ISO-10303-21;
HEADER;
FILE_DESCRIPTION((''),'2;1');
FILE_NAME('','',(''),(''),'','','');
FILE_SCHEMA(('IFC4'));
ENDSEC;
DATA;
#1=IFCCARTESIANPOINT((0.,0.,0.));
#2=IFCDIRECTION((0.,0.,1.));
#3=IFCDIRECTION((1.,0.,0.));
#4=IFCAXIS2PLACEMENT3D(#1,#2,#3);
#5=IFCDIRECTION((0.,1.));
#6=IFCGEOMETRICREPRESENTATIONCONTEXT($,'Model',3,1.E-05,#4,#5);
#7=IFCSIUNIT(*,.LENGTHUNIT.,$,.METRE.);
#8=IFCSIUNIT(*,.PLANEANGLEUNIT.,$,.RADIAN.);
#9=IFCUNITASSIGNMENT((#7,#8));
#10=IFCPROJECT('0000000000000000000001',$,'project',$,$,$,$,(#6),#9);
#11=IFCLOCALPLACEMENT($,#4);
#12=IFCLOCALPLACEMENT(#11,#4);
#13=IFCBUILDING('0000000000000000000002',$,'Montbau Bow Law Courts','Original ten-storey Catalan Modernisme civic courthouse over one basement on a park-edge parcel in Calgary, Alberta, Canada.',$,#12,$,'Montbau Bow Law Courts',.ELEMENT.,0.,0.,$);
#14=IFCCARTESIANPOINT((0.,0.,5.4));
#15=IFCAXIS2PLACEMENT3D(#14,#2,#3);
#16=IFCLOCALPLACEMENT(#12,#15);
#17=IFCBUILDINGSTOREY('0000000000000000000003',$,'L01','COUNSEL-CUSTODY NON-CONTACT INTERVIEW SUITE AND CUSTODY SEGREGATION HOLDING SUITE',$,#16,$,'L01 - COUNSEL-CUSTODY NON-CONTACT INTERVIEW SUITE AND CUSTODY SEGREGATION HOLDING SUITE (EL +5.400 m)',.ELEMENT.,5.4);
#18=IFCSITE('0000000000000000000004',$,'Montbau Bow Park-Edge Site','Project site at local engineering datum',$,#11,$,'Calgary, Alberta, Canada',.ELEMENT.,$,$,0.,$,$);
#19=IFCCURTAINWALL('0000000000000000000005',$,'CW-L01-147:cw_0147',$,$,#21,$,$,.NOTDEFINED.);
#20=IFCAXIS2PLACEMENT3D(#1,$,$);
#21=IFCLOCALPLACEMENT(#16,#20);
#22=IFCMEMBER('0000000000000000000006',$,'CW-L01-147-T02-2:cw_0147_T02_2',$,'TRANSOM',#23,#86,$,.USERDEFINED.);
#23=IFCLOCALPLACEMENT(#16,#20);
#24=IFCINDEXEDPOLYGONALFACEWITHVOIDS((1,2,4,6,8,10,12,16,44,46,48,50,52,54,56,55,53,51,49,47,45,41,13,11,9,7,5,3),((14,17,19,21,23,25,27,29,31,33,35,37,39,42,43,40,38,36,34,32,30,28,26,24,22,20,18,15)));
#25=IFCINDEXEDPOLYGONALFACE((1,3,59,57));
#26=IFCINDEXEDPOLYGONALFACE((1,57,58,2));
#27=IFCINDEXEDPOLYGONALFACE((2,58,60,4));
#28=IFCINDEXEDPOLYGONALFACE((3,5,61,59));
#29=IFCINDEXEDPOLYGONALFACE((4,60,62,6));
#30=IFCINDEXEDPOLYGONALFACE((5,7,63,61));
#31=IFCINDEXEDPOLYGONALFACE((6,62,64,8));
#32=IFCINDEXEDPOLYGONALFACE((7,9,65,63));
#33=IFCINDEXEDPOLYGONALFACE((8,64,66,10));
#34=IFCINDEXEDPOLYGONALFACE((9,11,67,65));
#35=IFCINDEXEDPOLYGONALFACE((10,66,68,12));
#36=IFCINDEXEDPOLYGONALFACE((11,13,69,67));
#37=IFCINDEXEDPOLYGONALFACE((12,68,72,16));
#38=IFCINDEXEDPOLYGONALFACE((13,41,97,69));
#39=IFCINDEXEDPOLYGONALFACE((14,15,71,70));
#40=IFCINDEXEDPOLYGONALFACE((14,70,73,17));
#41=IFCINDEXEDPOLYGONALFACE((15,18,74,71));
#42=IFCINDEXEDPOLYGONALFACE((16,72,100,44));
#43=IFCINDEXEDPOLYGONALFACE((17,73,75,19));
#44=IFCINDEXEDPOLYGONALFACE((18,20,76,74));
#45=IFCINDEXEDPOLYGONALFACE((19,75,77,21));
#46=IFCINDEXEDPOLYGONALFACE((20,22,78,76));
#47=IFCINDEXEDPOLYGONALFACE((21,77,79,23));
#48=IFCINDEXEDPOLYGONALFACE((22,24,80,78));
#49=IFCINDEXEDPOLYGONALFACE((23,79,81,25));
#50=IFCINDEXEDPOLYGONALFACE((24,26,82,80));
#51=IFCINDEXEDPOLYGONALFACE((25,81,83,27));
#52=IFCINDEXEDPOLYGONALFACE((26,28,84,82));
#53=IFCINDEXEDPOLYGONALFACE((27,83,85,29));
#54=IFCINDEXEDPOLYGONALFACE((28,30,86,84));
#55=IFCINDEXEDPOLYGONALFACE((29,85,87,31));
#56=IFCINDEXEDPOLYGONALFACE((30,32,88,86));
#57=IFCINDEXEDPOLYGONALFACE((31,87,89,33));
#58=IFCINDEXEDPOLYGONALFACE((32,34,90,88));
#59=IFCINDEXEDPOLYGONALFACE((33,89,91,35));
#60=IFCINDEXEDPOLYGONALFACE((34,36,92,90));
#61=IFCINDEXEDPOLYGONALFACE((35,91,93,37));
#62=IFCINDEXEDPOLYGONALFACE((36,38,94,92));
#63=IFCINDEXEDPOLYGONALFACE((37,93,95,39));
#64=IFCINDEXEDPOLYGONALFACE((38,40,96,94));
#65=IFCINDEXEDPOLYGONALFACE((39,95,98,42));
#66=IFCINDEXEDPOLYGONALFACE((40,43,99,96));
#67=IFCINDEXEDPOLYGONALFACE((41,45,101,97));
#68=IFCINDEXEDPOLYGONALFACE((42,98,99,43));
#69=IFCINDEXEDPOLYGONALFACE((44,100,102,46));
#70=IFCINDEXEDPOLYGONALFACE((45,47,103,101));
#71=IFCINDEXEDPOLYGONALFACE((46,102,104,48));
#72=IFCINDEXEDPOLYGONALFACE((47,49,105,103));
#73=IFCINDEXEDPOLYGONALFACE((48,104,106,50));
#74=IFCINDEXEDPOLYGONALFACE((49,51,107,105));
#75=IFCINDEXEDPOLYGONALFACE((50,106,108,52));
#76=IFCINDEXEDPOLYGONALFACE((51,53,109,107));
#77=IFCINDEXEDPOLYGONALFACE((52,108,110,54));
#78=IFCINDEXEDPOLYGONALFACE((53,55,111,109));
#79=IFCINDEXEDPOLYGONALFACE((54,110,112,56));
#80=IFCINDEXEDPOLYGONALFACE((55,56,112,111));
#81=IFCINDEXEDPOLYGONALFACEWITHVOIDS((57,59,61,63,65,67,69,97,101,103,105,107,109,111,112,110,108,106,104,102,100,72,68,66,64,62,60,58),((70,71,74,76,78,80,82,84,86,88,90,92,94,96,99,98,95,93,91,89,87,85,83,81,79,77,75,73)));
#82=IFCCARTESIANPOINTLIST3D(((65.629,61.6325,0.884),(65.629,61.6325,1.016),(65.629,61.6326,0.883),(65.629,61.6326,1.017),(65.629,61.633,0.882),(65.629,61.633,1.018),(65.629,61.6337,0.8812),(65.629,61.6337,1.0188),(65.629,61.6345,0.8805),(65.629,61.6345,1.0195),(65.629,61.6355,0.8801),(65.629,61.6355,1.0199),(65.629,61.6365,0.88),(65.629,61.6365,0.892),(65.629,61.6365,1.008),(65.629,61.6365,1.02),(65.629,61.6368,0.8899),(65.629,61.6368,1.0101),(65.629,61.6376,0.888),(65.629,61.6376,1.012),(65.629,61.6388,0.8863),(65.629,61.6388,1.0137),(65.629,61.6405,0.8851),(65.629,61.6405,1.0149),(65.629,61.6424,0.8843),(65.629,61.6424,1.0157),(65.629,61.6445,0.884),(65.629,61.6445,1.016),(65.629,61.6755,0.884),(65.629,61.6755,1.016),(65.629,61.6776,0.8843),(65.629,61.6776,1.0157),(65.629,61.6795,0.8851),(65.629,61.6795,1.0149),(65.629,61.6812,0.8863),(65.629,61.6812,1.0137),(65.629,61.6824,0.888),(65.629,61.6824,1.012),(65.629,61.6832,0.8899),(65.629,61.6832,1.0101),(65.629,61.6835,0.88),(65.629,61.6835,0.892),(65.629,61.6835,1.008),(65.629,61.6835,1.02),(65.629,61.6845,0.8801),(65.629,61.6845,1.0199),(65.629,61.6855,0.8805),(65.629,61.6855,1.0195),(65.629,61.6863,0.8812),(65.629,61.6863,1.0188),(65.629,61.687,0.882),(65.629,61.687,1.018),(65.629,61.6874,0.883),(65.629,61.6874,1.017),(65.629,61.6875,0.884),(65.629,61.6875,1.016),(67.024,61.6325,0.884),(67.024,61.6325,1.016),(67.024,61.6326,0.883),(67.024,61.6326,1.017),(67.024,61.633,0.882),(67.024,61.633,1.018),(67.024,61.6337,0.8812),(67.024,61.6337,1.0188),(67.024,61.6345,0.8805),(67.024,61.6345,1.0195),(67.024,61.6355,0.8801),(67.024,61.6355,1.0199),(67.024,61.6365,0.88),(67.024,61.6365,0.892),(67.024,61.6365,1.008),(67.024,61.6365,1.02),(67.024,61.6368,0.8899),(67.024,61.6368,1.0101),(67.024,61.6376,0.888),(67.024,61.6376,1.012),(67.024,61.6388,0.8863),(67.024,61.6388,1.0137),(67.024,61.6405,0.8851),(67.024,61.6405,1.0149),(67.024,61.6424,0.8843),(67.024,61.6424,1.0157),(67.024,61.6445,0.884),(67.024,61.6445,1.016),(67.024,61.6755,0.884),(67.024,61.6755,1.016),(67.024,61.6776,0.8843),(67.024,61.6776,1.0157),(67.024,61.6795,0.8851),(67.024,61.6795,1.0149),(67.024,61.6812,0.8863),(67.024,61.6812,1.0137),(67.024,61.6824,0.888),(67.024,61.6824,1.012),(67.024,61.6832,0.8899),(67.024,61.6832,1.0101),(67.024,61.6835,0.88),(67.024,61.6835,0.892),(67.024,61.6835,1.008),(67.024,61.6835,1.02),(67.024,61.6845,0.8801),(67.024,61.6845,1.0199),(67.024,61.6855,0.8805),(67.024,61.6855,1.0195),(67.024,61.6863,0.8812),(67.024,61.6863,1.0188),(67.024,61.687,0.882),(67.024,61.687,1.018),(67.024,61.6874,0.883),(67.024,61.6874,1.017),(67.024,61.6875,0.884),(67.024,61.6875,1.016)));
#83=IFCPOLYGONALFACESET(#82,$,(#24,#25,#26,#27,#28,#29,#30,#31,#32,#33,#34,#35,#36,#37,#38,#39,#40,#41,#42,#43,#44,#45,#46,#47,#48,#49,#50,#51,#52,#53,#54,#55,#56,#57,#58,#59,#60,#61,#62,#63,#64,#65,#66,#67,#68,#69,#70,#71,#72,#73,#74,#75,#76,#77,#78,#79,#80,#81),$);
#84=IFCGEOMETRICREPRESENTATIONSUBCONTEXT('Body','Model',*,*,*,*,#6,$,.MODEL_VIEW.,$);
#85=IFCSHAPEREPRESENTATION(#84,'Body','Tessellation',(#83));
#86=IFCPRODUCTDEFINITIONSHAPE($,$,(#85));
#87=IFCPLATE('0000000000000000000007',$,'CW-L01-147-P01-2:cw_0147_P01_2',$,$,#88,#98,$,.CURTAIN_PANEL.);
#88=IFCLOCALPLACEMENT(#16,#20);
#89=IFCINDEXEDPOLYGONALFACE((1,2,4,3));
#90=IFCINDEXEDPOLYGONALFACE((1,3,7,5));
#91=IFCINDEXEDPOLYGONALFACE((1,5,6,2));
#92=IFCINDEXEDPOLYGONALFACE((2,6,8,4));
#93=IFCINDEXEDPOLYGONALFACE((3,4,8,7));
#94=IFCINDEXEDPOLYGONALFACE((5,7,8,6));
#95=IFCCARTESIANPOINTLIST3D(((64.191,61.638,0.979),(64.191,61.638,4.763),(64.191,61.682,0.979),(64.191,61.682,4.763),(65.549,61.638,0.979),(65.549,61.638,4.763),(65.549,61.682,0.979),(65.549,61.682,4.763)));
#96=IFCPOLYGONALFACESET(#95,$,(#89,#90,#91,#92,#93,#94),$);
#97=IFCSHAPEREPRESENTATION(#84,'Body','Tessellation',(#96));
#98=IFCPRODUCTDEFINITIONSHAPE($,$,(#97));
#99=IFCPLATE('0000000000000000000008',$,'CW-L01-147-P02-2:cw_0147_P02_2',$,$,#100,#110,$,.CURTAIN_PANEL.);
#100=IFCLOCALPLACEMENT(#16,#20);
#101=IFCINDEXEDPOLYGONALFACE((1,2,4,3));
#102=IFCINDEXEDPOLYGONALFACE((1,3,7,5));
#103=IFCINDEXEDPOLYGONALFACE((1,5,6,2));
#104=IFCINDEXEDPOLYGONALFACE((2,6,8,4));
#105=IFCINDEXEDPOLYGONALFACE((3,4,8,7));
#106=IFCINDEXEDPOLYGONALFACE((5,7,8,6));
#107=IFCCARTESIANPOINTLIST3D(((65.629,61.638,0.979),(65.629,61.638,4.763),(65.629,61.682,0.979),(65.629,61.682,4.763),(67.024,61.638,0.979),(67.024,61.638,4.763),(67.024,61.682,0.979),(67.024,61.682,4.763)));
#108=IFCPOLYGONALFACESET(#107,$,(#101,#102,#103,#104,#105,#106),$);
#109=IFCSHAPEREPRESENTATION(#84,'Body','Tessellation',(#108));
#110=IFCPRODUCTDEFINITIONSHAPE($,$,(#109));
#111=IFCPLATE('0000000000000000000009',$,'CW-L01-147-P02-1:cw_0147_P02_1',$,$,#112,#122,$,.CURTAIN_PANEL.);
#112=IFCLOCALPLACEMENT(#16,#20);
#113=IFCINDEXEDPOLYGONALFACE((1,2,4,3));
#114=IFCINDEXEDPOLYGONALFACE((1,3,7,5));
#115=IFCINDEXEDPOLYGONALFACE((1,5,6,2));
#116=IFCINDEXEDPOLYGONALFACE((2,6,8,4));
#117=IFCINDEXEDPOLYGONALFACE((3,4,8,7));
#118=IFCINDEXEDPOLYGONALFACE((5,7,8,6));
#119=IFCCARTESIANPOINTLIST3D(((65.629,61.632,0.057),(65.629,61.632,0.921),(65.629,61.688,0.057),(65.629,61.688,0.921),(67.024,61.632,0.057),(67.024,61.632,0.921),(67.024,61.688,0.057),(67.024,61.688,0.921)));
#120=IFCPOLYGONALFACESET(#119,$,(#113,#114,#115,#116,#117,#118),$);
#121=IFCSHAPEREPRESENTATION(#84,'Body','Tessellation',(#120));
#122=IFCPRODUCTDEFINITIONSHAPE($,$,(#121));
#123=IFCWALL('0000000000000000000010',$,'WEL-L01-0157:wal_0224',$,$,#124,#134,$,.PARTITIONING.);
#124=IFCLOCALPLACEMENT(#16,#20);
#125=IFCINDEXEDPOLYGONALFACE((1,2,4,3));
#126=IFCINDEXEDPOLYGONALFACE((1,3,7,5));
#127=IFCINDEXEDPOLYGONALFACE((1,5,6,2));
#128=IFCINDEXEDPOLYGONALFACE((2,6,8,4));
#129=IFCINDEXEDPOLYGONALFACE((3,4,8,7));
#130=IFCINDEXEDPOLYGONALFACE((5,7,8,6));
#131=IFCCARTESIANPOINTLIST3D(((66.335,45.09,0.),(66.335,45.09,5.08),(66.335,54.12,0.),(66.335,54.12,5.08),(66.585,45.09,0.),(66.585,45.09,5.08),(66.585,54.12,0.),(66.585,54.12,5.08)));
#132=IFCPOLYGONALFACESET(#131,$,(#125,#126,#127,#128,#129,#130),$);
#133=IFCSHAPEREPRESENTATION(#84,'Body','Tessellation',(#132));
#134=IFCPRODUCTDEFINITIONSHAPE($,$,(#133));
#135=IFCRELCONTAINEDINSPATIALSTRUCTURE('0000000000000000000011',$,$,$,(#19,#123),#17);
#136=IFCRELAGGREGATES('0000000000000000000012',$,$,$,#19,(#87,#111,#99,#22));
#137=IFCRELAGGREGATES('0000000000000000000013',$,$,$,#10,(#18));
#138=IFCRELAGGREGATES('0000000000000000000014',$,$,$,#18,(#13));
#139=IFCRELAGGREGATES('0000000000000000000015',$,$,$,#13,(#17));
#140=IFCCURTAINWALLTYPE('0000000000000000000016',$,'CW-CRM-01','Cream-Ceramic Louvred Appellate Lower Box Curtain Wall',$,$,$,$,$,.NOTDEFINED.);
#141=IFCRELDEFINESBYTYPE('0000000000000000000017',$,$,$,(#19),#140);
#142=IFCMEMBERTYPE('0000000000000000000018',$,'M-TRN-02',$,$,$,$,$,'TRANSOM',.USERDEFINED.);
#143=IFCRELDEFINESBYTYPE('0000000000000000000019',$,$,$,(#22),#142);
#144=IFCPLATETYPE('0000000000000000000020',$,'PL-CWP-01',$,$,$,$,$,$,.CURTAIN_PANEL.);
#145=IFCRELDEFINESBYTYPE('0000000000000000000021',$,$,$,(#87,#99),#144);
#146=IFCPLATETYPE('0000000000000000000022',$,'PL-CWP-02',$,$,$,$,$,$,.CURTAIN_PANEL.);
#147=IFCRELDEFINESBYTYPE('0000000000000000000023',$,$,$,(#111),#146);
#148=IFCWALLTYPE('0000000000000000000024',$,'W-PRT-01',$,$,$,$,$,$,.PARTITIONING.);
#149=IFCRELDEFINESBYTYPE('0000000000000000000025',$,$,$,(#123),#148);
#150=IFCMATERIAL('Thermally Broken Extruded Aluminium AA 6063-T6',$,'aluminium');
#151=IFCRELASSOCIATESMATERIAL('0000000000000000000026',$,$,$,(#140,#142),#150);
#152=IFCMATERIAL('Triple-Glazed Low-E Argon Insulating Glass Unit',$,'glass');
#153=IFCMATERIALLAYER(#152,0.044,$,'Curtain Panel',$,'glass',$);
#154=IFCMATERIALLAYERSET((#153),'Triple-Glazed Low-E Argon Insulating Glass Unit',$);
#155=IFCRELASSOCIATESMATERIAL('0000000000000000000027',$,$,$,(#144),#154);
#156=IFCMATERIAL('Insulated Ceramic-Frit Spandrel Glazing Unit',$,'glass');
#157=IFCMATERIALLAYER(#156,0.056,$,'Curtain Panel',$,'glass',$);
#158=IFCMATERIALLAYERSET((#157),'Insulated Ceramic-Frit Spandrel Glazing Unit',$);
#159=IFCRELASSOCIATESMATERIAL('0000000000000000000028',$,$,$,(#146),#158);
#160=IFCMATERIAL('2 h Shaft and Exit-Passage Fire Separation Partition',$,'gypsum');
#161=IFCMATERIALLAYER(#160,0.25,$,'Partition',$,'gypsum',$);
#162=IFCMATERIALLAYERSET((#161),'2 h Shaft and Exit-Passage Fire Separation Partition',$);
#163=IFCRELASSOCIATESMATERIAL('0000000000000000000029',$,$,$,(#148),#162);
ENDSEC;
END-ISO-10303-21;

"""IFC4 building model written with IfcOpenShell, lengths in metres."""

from ifc_helpers import new_model, si_unit, direction, frame, frame_2d, origin_with_axes, origin_2d_with_axis, place, context, subcontext, project, spatial, rectangle, hollow_rectangle, extrude, material, layer, layer_set, material_profile, profile_set, type_object, element, aggregate, save


model = new_model("IFC4")

# Units and contexts
model_context = context("Model", 3, precision=1e-05, world=origin_with_axes(), true_north=direction((0.0, 1.0)))
body_context = subcontext(model_context, "Body", "Model", "MODEL_VIEW")
ifc_project = project(units=[si_unit("LENGTHUNIT", "METRE"), si_unit("PLANEANGLEUNIT", "RADIAN")], contexts=[model_context])

# Site, building, storey
site_placement = place(None, origin_with_axes())
site = spatial("IfcSite", under=ifc_project, at=site_placement, Name="Montbau Bow Park-Edge Site", Description="Project site at local engineering datum", LongName="Calgary, Alberta, Canada", CompositionType="ELEMENT", RefElevation=0.0)
building_placement = place(site_placement, origin_with_axes())
building = spatial("IfcBuilding", under=site, at=building_placement, Name="Montbau Bow Law Courts", Description="Original ten-storey Catalan Modernisme civic courthouse over one basement on a park-edge parcel in Calgary, Alberta, Canada.", LongName="Montbau Bow Law Courts", CompositionType="ELEMENT", ElevationOfRefHeight=0.0, ElevationOfTerrain=0.0)
storey_placement = place(building_placement, frame((0.0, 0.0, 5.4), z_axis=(0.0, 0.0, 1.0), x_axis=(1.0, 0.0, 0.0)))
storey = spatial("IfcBuildingStorey", under=building, at=storey_placement, Name="L01", Description="COUNSEL-CUSTODY NON-CONTACT INTERVIEW SUITE AND CUSTODY SEGREGATION HOLDING SUITE", LongName="L01 - COUNSEL-CUSTODY NON-CONTACT INTERVIEW SUITE AND CUSTODY SEGREGATION HOLDING SUITE (EL +5.400 m)", CompositionType="ELEMENT", Elevation=5.4)

# Curtain wall, member, plates
ifc_material_1 = material(Name="Thermally Broken Extruded Aluminium AA 6063-T6", Category="aluminium")
curtain_wall_type = type_object("IfcCurtainWallType", Name="CW-CRM-01", Description="Cream-Ceramic Louvred Appellate Lower Box Curtain Wall", PredefinedType="NOTDEFINED", material=ifc_material_1)
curtain_wall_placement = place(None, frame((64.115, 61.66, 5.4), z_axis=(0.0, 0.0, 1.0), x_axis=(1.0, 0.0, 0.0)))
curtain_wall = element("IfcCurtainWall", 1, at=curtain_wall_placement, inside=storey, type_object=curtain_wall_type, Name="CW-L01-147:cw_0147", PredefinedType="NOTDEFINED")
ifc_material_profile_1 = material_profile(ifc_material_1, hollow_rectangle(XDim=0.055, YDim=0.14, WallThickness=0.004, InnerFilletRadius=0.008, OuterFilletRadius=0.004, at=origin_2d_with_axis()), Name="CWT-140X55", Category="Main", Priority=0)
ifc_profile_set_1 = profile_set([ifc_material_profile_1], Name="Thermally Broken Extruded Aluminium AA 6063-T6")
member_type_1 = type_object("IfcMemberType", Name="M-TRN-02", ElementType="TRANSOM", PredefinedType="USERDEFINED", material=ifc_profile_set_1)
member_1_placement = place(None, frame((65.629, 61.66, 6.35), z_axis=(1.0, 0.0, 0.0), x_axis=(0.0, 1.0, 0.0)))
member_1 = element("IfcMember", 2, at=member_1_placement, type_object=member_type_1, Name="CW-L01-147-T02-2:cw_0147_T02_2", ObjectType="TRANSOM", PredefinedType="USERDEFINED", context=body_context, shape_type="SweptSolid", body=[
    extrude(hollow_rectangle(XDim=0.055, YDim=0.14, WallThickness=0.004, InnerFilletRadius=0.008, OuterFilletRadius=0.004, at=origin_2d_with_axis()), origin_with_axes(), (0.0, 0.0, 1.0), 1.395),
])
ifc_material_2 = material(Name="Triple-Glazed Low-E Argon Insulating Glass Unit", Category="glass")
ifc_layer_1 = layer(ifc_material_2, 0.044, Name="Curtain Panel", Category="glass")
ifc_layer_set_1 = layer_set([ifc_layer_1], Name="Triple-Glazed Low-E Argon Insulating Glass Unit")
plate_type_1 = type_object("IfcPlateType", Name="PL-CWP-01", PredefinedType="CURTAIN_PANEL", material=ifc_layer_set_1)
plate_1_placement = place(None, frame((64.191, 61.66, 6.379), z_axis=(0.0, -1.0, 0.0), x_axis=(1.0, 0.0, 0.0)))
plate_1 = element("IfcPlate", 3, at=plate_1_placement, type_object=plate_type_1, Name="CW-L01-147-P01-2:cw_0147_P01_2", PredefinedType="CURTAIN_PANEL", context=body_context, shape_type="SweptSolid", body=[
    extrude(rectangle(XDim=1.358, YDim=3.784, at=frame_2d((0.679, 1.892), x_axis=(1.0, 0.0))), frame((0.0, 0.0, -0.022), z_axis=(0.0, 0.0, 1.0), x_axis=(1.0, 0.0, 0.0)), (0.0, 0.0, 1.0), 0.044),
])
plate_2_placement = place(None, frame((65.629, 61.66, 6.379), z_axis=(0.0, -1.0, 0.0), x_axis=(1.0, 0.0, 0.0)))
plate_2 = element("IfcPlate", 4, at=plate_2_placement, type_object=plate_type_1, Name="CW-L01-147-P02-2:cw_0147_P02_2", PredefinedType="CURTAIN_PANEL", context=body_context, shape_type="SweptSolid", body=[
    extrude(rectangle(XDim=1.395, YDim=3.784, at=frame_2d((0.6975, 1.892), x_axis=(1.0, 0.0))), frame((0.0, 0.0, -0.022), z_axis=(0.0, 0.0, 1.0), x_axis=(1.0, 0.0, 0.0)), (0.0, 0.0, 1.0), 0.044),
])
ifc_material_3 = material(Name="Insulated Ceramic-Frit Spandrel Glazing Unit", Category="glass")
ifc_layer_2 = layer(ifc_material_3, 0.056, Name="Curtain Panel", Category="glass")
ifc_layer_set_2 = layer_set([ifc_layer_2], Name="Insulated Ceramic-Frit Spandrel Glazing Unit")
plate_type_2 = type_object("IfcPlateType", Name="PL-CWP-02", PredefinedType="CURTAIN_PANEL", material=ifc_layer_set_2)
plate_3_placement = place(None, frame((65.629, 61.66, 5.457), z_axis=(0.0, -1.0, 0.0), x_axis=(1.0, 0.0, 0.0)))
plate_3 = element("IfcPlate", 5, at=plate_3_placement, type_object=plate_type_2, Name="CW-L01-147-P02-1:cw_0147_P02_1", PredefinedType="CURTAIN_PANEL", context=body_context, shape_type="SweptSolid", body=[
    extrude(rectangle(XDim=1.395, YDim=0.864, at=frame_2d((0.6975, 0.432), x_axis=(1.0, 0.0))), frame((0.0, 0.0, -0.028), z_axis=(0.0, 0.0, 1.0), x_axis=(1.0, 0.0, 0.0)), (0.0, 0.0, 1.0), 0.056),
])
aggregate(curtain_wall, [plate_1, plate_3, plate_2, member_1])

# Wall
ifc_material_4 = material(Name="2 h Shaft and Exit-Passage Fire Separation Partition", Category="gypsum")
ifc_layer_3 = layer(ifc_material_4, 0.25, Name="Partition", Category="gypsum")
ifc_layer_set_3 = layer_set([ifc_layer_3], Name="2 h Shaft and Exit-Passage Fire Separation Partition")
wall_type_1 = type_object("IfcWallType", Name="W-PRT-01", PredefinedType="PARTITIONING", material=ifc_layer_set_3)
wall_1_placement = place(None, frame((66.46, 45.09, 5.4), z_axis=(0.0, 0.0, 1.0), x_axis=(0.0, 1.0, 0.0)))
element("IfcWall", 6, at=wall_1_placement, inside=storey, type_object=wall_type_1, Name="WEL-L01-0157:wal_0224", PredefinedType="PARTITIONING", context=body_context, shape_type="SweptSolid", body=[
    extrude(rectangle(XDim=9.03, YDim=0.25, at=frame_2d((4.515, 0.0), x_axis=(1.0, 0.0))), origin_with_axes(), (0.0, 0.0, 1.0), 5.08),
])

save(model, "model.ifc")
